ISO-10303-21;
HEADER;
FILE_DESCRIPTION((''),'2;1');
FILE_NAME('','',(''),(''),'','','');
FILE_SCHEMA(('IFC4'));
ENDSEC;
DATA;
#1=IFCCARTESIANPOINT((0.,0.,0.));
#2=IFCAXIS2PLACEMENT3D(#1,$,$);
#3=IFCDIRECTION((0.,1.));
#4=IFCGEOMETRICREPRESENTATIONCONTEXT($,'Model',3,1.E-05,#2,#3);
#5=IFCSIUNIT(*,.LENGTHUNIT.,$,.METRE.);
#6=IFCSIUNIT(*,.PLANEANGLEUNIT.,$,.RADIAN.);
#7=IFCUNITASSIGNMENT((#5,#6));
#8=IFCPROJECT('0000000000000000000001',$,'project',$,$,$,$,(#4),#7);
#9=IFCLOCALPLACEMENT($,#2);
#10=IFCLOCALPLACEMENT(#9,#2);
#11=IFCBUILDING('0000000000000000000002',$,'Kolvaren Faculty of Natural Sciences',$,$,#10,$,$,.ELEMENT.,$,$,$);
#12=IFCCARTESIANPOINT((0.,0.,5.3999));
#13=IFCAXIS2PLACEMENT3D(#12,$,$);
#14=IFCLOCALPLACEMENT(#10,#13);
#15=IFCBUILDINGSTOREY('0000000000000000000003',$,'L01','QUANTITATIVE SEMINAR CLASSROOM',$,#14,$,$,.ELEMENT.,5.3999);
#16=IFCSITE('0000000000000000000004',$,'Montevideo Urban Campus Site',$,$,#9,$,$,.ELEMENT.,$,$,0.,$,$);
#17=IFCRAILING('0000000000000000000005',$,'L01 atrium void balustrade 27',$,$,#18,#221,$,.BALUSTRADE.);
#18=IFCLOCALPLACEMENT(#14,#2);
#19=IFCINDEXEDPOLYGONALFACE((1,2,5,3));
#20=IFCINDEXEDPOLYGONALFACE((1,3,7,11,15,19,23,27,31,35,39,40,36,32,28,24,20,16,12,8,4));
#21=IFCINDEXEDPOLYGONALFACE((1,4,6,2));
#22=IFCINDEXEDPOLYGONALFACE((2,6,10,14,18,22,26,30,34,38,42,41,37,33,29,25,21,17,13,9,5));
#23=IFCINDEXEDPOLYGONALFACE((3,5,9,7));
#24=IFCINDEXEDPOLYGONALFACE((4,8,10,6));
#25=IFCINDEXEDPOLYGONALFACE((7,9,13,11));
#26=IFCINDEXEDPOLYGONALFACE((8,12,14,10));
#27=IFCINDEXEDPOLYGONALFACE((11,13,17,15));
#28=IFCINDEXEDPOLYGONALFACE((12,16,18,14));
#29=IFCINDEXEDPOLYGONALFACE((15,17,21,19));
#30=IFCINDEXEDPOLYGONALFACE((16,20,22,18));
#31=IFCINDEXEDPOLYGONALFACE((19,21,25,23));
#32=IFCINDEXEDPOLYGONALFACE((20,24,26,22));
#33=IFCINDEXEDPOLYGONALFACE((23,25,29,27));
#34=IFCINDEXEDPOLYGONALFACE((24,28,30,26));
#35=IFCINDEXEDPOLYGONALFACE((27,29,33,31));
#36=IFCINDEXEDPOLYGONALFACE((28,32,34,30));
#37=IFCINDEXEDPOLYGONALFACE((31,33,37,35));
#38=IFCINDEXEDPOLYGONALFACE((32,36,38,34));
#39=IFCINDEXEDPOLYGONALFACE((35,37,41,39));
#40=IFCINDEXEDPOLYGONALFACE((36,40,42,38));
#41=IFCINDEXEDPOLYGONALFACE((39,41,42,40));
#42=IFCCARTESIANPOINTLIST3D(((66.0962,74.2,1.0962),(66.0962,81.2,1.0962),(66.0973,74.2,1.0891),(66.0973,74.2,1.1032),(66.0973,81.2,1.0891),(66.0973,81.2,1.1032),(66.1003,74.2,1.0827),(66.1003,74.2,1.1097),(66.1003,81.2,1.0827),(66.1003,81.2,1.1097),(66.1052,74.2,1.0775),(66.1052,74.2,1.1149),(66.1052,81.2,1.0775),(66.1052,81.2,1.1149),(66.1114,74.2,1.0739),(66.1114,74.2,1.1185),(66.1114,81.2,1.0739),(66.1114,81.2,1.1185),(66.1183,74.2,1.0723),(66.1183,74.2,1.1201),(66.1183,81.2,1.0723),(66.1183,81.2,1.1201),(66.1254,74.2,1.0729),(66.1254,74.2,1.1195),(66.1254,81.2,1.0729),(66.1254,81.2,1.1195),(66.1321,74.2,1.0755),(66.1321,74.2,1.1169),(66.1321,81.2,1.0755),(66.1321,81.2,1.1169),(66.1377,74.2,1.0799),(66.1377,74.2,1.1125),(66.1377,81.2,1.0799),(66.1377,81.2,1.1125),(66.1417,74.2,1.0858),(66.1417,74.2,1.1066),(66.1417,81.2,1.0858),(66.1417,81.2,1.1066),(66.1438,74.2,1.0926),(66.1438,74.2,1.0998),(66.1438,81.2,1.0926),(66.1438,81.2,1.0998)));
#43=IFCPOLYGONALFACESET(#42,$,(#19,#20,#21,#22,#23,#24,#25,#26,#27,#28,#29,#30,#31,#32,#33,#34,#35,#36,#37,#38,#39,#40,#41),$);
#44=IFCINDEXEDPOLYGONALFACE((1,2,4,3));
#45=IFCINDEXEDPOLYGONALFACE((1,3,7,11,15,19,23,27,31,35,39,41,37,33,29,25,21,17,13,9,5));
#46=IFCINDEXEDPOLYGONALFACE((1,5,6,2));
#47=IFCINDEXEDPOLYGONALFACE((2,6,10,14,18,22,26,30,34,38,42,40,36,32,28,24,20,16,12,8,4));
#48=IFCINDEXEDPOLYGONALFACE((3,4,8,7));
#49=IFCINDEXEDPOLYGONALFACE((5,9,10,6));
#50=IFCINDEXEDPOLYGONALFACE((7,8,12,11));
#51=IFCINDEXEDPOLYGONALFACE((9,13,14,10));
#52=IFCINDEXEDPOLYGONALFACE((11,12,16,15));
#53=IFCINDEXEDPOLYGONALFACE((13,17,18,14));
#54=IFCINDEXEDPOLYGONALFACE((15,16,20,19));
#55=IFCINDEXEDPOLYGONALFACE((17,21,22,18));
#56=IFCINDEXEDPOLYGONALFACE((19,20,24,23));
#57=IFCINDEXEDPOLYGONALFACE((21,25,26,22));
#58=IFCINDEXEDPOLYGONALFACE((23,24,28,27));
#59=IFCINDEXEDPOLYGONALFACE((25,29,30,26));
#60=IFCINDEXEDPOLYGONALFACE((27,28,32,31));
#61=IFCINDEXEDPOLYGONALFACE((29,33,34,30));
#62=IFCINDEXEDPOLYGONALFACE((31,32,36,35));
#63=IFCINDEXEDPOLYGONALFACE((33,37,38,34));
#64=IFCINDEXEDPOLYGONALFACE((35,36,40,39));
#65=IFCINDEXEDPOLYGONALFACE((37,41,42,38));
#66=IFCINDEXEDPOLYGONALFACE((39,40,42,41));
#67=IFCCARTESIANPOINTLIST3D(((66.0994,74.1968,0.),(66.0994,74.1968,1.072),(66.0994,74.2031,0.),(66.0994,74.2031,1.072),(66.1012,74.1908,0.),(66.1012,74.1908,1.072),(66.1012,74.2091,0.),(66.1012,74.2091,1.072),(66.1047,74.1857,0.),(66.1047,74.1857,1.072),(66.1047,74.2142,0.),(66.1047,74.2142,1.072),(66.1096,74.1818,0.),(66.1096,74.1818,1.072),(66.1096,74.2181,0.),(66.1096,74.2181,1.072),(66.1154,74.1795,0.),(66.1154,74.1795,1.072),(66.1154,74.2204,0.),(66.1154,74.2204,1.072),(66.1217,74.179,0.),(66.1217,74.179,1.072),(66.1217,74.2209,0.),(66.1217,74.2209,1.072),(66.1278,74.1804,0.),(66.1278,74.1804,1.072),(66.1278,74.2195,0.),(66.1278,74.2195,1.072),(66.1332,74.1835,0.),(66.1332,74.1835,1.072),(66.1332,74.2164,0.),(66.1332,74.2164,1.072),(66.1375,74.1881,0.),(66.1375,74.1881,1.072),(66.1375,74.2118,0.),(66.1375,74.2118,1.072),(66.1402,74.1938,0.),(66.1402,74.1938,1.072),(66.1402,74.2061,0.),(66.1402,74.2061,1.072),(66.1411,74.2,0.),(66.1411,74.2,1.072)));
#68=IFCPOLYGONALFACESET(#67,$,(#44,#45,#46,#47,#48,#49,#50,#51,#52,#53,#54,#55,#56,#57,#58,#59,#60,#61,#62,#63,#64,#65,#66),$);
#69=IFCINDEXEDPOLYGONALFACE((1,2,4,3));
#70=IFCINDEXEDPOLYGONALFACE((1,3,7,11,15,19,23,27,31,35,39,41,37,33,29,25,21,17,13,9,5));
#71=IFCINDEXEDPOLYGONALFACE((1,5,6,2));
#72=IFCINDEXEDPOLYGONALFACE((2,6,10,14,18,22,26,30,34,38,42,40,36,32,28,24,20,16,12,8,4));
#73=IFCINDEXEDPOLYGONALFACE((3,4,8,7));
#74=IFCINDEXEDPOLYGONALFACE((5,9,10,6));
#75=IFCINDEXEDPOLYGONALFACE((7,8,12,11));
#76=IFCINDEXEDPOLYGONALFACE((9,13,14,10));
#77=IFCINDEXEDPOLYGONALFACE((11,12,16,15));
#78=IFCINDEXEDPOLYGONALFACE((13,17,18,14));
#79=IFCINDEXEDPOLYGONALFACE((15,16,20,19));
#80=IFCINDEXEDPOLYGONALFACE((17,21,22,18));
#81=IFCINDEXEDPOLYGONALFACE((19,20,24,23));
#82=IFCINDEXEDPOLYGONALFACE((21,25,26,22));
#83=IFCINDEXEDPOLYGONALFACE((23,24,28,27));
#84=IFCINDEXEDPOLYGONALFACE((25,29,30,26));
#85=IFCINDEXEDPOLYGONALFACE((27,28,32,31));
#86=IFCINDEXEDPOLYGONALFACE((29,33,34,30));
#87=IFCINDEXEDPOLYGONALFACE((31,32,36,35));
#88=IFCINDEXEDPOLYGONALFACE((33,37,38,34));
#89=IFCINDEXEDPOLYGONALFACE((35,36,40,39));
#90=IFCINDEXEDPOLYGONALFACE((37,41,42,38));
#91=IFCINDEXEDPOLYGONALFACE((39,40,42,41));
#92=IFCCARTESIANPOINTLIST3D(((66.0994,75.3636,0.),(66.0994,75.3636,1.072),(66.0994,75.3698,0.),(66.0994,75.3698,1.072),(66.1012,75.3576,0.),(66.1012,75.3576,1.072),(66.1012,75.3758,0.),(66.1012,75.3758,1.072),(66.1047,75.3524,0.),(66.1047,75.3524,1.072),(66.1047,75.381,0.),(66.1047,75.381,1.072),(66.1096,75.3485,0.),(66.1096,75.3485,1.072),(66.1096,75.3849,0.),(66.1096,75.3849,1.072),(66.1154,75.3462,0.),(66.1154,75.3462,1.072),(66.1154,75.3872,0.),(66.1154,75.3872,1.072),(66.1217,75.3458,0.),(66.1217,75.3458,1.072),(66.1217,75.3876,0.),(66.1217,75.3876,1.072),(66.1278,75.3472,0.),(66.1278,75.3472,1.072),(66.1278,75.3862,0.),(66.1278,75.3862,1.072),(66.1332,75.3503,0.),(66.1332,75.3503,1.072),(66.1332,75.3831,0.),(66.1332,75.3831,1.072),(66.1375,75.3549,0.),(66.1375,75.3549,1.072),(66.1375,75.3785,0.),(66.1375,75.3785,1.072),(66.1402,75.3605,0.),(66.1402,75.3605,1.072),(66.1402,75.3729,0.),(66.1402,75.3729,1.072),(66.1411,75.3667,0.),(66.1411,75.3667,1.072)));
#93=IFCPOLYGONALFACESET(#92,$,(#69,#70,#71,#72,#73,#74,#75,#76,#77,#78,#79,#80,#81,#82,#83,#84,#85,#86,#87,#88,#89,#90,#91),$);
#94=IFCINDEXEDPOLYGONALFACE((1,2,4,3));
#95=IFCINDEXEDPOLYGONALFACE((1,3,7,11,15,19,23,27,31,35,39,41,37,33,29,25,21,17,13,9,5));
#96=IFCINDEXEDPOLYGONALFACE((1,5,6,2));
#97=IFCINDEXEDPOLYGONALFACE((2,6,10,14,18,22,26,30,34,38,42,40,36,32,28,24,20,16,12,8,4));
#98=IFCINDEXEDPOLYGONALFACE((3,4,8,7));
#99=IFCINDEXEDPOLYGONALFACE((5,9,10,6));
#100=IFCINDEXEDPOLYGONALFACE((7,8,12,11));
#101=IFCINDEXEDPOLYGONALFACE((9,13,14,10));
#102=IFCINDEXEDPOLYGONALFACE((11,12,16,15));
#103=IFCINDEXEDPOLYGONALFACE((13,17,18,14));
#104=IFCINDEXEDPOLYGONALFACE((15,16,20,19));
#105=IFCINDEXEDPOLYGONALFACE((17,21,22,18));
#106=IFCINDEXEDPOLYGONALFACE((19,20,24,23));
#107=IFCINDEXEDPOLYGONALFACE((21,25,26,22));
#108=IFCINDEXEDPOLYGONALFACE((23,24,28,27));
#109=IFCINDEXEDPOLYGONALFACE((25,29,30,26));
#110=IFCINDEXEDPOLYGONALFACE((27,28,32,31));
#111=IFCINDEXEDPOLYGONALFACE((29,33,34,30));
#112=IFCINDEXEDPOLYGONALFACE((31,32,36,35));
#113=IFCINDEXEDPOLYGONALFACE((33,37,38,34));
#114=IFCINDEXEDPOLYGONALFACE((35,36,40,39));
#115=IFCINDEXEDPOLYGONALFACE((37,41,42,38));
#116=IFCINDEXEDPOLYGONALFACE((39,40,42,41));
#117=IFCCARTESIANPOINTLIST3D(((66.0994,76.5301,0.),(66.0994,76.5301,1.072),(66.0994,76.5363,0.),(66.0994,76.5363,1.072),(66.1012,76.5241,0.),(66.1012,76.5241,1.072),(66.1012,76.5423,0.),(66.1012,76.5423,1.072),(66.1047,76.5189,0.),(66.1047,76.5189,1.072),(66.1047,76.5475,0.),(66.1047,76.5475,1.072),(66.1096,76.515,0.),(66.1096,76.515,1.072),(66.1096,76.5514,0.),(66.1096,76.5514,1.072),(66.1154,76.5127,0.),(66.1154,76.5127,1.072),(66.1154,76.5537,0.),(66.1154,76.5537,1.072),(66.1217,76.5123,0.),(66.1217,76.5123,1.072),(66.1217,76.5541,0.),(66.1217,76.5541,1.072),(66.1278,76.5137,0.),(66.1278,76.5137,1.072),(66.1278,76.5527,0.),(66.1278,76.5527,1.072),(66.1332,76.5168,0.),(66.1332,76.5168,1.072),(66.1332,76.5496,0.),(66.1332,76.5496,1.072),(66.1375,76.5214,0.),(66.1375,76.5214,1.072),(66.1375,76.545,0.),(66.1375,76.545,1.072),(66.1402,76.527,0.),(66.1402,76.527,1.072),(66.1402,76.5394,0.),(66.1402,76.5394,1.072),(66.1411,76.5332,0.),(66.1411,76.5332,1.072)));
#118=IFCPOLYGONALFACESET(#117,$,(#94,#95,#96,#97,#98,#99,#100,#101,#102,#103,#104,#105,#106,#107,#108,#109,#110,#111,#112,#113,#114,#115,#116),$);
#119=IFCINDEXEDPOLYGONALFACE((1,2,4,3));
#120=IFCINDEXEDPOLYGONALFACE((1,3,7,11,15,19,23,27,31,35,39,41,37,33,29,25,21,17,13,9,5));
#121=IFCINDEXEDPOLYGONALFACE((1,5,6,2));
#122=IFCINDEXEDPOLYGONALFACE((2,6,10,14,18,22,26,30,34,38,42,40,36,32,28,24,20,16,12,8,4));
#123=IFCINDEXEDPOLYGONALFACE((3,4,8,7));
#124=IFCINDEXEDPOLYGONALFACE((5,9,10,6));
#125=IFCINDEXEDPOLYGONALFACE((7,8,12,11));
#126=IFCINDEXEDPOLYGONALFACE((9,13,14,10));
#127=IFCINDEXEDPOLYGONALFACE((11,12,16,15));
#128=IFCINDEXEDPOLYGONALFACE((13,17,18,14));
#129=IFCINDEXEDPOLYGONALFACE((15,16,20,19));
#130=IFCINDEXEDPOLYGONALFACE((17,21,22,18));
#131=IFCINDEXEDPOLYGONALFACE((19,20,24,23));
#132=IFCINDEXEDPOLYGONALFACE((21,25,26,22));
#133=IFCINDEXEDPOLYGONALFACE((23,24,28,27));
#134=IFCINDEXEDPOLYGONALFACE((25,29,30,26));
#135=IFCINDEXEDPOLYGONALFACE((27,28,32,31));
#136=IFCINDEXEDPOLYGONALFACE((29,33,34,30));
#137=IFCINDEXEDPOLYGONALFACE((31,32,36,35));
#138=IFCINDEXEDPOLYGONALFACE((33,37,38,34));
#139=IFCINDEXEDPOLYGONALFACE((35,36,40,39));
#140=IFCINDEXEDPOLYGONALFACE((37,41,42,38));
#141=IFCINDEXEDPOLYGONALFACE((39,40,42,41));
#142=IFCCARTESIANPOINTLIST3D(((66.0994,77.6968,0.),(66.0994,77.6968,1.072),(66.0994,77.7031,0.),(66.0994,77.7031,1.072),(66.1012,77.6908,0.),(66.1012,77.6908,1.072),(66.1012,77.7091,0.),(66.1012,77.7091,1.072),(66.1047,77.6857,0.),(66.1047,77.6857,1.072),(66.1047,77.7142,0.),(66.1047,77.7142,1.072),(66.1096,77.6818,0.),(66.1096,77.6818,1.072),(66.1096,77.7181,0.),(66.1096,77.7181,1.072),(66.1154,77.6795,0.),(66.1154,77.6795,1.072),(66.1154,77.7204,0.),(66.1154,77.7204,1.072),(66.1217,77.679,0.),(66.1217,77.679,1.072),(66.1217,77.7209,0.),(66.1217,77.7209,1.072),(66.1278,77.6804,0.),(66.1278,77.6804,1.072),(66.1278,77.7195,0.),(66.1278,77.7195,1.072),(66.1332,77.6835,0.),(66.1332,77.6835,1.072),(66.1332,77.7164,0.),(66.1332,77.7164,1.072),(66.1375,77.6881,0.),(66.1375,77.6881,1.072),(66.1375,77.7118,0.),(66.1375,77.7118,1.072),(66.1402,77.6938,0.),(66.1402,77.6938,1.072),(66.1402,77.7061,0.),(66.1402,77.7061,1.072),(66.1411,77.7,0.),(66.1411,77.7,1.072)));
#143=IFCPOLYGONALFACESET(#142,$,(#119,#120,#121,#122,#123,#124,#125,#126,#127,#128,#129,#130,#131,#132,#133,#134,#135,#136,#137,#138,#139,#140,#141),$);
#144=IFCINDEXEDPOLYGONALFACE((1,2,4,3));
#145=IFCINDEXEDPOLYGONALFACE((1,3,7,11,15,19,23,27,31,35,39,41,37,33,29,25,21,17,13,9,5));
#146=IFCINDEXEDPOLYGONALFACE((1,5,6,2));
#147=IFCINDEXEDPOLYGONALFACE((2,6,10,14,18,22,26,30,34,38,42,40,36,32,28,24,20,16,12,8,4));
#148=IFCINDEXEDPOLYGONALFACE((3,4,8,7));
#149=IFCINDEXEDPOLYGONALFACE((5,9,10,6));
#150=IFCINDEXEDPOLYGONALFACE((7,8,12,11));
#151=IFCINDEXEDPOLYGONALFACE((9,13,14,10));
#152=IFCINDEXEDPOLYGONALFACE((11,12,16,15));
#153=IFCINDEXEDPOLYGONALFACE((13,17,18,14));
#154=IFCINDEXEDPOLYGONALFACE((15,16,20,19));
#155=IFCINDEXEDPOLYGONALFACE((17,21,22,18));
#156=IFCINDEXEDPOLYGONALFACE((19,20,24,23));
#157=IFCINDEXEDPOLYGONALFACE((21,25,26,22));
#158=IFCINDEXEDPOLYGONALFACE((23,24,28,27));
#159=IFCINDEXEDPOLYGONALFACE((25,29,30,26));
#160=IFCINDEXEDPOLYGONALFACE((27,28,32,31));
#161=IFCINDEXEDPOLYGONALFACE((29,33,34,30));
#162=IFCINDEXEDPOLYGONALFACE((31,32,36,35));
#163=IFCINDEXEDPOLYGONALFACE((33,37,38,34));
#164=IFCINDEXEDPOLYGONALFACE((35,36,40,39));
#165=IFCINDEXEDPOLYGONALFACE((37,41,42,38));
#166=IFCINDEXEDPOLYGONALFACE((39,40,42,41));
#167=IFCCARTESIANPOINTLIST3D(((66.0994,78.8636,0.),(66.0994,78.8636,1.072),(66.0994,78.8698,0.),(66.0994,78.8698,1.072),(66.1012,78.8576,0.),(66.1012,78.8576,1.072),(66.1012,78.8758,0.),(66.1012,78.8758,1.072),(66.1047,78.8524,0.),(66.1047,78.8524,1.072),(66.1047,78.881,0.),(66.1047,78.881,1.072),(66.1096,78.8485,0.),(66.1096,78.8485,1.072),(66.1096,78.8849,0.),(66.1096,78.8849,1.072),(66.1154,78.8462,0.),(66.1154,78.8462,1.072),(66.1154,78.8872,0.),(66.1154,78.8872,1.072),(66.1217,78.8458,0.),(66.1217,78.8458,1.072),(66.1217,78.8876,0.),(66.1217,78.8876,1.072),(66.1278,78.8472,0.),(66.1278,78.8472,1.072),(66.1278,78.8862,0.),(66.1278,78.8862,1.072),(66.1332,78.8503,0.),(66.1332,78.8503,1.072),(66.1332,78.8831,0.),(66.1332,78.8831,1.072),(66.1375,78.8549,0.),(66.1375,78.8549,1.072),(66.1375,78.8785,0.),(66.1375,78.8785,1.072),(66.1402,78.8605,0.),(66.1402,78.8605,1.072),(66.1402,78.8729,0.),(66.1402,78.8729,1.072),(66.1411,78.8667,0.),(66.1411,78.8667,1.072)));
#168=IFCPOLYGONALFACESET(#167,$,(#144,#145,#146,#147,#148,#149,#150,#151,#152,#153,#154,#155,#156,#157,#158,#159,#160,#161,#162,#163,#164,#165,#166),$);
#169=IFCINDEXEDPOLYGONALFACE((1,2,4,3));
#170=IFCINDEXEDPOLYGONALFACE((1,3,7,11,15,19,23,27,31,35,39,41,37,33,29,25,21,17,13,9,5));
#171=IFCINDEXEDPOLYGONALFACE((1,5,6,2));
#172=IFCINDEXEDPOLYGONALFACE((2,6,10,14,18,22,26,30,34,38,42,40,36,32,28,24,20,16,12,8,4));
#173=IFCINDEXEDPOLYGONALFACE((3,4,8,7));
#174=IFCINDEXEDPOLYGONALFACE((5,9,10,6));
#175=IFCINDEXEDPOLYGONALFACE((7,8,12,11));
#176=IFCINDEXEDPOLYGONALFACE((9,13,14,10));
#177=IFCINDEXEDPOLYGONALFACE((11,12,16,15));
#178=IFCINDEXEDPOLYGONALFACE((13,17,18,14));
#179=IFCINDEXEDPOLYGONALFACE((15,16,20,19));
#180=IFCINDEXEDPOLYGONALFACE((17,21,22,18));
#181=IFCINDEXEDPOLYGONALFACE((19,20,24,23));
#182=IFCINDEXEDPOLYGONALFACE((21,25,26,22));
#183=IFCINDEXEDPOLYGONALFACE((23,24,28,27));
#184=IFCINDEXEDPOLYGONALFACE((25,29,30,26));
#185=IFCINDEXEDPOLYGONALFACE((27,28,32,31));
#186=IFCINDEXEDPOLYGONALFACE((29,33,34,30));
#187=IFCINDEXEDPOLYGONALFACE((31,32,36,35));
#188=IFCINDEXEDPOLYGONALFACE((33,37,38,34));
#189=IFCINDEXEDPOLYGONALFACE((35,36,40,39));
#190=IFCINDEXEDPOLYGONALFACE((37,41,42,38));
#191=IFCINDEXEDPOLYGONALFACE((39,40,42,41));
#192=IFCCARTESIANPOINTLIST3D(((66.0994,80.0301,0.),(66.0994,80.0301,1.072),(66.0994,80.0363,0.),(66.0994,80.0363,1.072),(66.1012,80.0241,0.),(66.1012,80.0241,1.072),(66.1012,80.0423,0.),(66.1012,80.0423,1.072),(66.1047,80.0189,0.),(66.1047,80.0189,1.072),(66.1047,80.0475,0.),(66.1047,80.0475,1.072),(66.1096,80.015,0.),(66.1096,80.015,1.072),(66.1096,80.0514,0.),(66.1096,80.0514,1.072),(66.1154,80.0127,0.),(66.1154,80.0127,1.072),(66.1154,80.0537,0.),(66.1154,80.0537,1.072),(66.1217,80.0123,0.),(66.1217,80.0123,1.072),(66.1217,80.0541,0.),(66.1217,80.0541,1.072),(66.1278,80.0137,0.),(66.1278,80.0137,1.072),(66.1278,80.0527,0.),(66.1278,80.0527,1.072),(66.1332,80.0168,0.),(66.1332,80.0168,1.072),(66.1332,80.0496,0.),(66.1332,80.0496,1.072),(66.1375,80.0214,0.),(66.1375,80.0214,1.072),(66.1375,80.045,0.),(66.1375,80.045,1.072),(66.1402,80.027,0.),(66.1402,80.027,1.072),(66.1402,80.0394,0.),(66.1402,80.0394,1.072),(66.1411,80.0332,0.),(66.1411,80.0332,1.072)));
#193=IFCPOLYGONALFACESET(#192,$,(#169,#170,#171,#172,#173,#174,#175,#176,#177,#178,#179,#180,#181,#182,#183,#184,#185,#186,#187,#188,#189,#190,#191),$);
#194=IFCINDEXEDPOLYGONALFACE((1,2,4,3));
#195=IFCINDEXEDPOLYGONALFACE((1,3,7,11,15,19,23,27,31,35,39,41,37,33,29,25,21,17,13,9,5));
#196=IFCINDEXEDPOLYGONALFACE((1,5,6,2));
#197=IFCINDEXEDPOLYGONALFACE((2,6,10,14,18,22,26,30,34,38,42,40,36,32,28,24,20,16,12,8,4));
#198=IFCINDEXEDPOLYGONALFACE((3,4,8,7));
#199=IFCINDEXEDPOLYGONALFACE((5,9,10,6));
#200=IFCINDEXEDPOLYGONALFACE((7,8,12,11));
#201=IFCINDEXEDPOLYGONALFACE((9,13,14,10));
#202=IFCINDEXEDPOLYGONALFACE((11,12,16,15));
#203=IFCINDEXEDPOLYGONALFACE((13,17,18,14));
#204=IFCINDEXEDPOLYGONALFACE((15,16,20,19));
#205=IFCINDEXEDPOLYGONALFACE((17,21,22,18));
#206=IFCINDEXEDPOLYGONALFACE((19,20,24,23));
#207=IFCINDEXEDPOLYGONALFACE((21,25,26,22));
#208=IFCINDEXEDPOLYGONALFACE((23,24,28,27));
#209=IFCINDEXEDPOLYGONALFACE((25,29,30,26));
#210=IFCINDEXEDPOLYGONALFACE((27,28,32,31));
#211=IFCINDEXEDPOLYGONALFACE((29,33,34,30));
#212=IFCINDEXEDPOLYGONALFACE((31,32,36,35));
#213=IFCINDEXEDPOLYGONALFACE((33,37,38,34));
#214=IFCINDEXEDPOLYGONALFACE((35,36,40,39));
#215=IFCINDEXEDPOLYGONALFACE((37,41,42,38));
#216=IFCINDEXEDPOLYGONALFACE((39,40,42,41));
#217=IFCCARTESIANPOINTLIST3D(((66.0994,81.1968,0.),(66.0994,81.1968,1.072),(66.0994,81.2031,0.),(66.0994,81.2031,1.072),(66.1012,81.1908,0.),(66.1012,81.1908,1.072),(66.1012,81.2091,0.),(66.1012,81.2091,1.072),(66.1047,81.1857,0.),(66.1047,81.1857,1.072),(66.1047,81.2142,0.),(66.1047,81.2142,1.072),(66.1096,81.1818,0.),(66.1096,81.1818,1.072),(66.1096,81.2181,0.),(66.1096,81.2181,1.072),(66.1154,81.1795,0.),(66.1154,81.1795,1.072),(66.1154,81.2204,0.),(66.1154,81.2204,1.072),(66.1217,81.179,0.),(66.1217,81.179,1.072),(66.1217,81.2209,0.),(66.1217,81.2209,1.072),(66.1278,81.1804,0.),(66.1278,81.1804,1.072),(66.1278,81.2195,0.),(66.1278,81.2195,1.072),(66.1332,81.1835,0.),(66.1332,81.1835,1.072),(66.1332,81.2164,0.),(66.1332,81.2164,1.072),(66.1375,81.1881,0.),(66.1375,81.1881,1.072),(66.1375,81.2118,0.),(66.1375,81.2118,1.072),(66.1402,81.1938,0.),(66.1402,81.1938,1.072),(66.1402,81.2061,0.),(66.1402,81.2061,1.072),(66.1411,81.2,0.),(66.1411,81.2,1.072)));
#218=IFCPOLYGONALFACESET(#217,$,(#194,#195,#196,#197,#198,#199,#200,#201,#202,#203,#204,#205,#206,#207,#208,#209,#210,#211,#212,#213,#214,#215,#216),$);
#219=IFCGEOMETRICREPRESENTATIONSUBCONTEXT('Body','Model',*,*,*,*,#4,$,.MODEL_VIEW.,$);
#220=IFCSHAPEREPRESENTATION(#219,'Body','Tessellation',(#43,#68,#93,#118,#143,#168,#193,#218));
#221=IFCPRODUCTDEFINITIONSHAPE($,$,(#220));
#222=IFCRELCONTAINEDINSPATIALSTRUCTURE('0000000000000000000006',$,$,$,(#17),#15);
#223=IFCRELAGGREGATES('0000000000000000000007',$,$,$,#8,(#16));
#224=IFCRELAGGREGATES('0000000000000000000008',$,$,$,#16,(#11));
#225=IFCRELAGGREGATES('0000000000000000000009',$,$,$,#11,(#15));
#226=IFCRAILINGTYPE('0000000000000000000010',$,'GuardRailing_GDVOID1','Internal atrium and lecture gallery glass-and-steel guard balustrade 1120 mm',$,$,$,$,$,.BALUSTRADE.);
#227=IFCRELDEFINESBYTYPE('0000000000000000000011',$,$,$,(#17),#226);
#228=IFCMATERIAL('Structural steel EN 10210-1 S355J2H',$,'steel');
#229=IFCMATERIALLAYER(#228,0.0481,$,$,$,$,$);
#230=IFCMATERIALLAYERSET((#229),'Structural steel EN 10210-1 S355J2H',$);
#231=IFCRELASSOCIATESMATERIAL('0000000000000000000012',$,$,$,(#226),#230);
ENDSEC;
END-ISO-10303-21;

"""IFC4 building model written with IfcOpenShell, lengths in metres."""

from ifc_helpers import new_model, si_unit, direction, frame, origin, origin_2d, place, context, subcontext, project, spatial, circle, extrude, material, layer, layer_set, type_object, element, save


model = new_model("IFC4")

# Units and contexts
model_context = context("Model", 3, precision=1e-05, world=origin(), true_north=direction((0.0, 1.0)))
body_context = subcontext(model_context, "Body", "Model", "MODEL_VIEW")
ifc_project = project(units=[si_unit("LENGTHUNIT", "METRE"), si_unit("PLANEANGLEUNIT", "RADIAN")], contexts=[model_context])

# Site, building, storey
site_placement = place(None, origin())
site = spatial("IfcSite", under=ifc_project, at=site_placement, Name="Montevideo Urban Campus Site", CompositionType="ELEMENT", RefElevation=0.0)
building_placement = place(site_placement, origin())
building = spatial("IfcBuilding", under=site, at=building_placement, Name="Kolvaren Faculty of Natural Sciences", CompositionType="ELEMENT")
storey_placement = place(building_placement, frame((0.0, 0.0, 5.3999)))
storey = spatial("IfcBuildingStorey", under=building, at=storey_placement, Name="L01", Description="QUANTITATIVE SEMINAR CLASSROOM", CompositionType="ELEMENT", Elevation=5.3999)

# Railing
ifc_material_1 = material(Name="Structural steel EN 10210-1 S355J2H", Category="steel")
ifc_layer_1 = layer(ifc_material_1, 0.0481)
ifc_layer_set_1 = layer_set([ifc_layer_1], Name="Structural steel EN 10210-1 S355J2H")
railing_type = type_object("IfcRailingType", Name="GuardRailing_GDVOID1", Description="Internal atrium and lecture gallery glass-and-steel guard balustrade 1120 mm", PredefinedType="BALUSTRADE", material=ifc_layer_set_1)
railing_placement = place(storey_placement, frame((66.1201, 74.2, 0.0)))
element("IfcRailing", 1, at=railing_placement, inside=storey, type_object=railing_type, Name="L01 atrium void balustrade 27", PredefinedType="BALUSTRADE", context=body_context, shape_type="SweptSolid", body=[
    extrude(circle(Radius=0.0239, at=origin_2d()), frame((0.0, 0.0, 1.0962), z_axis=(0.0, 1.0, 0.0), x_axis=(-1.0, 0.0, 0.0)), (0.0, 0.0, 1.0), 7.0),
    extrude(circle(Radius=0.021, at=origin_2d()), origin(), (0.0, 0.0, 1.0), 1.072),
    extrude(circle(Radius=0.021, at=origin_2d()), frame((0.0, 1.1667, 0.0)), (0.0, 0.0, 1.0), 1.072),
    extrude(circle(Radius=0.021, at=origin_2d()), frame((0.0, 2.3333, 0.0)), (0.0, 0.0, 1.0), 1.072),
    extrude(circle(Radius=0.021, at=origin_2d()), frame((0.0, 3.5, 0.0)), (0.0, 0.0, 1.0), 1.072),
    extrude(circle(Radius=0.021, at=origin_2d()), frame((0.0, 4.6667, 0.0)), (0.0, 0.0, 1.0), 1.072),
    extrude(circle(Radius=0.021, at=origin_2d()), frame((0.0, 5.8333, 0.0)), (0.0, 0.0, 1.0), 1.072),
    extrude(circle(Radius=0.021, at=origin_2d()), frame((0.0, 7.0, 0.0)), (0.0, 0.0, 1.0), 1.072),
])

save(model, "model.ifc")
